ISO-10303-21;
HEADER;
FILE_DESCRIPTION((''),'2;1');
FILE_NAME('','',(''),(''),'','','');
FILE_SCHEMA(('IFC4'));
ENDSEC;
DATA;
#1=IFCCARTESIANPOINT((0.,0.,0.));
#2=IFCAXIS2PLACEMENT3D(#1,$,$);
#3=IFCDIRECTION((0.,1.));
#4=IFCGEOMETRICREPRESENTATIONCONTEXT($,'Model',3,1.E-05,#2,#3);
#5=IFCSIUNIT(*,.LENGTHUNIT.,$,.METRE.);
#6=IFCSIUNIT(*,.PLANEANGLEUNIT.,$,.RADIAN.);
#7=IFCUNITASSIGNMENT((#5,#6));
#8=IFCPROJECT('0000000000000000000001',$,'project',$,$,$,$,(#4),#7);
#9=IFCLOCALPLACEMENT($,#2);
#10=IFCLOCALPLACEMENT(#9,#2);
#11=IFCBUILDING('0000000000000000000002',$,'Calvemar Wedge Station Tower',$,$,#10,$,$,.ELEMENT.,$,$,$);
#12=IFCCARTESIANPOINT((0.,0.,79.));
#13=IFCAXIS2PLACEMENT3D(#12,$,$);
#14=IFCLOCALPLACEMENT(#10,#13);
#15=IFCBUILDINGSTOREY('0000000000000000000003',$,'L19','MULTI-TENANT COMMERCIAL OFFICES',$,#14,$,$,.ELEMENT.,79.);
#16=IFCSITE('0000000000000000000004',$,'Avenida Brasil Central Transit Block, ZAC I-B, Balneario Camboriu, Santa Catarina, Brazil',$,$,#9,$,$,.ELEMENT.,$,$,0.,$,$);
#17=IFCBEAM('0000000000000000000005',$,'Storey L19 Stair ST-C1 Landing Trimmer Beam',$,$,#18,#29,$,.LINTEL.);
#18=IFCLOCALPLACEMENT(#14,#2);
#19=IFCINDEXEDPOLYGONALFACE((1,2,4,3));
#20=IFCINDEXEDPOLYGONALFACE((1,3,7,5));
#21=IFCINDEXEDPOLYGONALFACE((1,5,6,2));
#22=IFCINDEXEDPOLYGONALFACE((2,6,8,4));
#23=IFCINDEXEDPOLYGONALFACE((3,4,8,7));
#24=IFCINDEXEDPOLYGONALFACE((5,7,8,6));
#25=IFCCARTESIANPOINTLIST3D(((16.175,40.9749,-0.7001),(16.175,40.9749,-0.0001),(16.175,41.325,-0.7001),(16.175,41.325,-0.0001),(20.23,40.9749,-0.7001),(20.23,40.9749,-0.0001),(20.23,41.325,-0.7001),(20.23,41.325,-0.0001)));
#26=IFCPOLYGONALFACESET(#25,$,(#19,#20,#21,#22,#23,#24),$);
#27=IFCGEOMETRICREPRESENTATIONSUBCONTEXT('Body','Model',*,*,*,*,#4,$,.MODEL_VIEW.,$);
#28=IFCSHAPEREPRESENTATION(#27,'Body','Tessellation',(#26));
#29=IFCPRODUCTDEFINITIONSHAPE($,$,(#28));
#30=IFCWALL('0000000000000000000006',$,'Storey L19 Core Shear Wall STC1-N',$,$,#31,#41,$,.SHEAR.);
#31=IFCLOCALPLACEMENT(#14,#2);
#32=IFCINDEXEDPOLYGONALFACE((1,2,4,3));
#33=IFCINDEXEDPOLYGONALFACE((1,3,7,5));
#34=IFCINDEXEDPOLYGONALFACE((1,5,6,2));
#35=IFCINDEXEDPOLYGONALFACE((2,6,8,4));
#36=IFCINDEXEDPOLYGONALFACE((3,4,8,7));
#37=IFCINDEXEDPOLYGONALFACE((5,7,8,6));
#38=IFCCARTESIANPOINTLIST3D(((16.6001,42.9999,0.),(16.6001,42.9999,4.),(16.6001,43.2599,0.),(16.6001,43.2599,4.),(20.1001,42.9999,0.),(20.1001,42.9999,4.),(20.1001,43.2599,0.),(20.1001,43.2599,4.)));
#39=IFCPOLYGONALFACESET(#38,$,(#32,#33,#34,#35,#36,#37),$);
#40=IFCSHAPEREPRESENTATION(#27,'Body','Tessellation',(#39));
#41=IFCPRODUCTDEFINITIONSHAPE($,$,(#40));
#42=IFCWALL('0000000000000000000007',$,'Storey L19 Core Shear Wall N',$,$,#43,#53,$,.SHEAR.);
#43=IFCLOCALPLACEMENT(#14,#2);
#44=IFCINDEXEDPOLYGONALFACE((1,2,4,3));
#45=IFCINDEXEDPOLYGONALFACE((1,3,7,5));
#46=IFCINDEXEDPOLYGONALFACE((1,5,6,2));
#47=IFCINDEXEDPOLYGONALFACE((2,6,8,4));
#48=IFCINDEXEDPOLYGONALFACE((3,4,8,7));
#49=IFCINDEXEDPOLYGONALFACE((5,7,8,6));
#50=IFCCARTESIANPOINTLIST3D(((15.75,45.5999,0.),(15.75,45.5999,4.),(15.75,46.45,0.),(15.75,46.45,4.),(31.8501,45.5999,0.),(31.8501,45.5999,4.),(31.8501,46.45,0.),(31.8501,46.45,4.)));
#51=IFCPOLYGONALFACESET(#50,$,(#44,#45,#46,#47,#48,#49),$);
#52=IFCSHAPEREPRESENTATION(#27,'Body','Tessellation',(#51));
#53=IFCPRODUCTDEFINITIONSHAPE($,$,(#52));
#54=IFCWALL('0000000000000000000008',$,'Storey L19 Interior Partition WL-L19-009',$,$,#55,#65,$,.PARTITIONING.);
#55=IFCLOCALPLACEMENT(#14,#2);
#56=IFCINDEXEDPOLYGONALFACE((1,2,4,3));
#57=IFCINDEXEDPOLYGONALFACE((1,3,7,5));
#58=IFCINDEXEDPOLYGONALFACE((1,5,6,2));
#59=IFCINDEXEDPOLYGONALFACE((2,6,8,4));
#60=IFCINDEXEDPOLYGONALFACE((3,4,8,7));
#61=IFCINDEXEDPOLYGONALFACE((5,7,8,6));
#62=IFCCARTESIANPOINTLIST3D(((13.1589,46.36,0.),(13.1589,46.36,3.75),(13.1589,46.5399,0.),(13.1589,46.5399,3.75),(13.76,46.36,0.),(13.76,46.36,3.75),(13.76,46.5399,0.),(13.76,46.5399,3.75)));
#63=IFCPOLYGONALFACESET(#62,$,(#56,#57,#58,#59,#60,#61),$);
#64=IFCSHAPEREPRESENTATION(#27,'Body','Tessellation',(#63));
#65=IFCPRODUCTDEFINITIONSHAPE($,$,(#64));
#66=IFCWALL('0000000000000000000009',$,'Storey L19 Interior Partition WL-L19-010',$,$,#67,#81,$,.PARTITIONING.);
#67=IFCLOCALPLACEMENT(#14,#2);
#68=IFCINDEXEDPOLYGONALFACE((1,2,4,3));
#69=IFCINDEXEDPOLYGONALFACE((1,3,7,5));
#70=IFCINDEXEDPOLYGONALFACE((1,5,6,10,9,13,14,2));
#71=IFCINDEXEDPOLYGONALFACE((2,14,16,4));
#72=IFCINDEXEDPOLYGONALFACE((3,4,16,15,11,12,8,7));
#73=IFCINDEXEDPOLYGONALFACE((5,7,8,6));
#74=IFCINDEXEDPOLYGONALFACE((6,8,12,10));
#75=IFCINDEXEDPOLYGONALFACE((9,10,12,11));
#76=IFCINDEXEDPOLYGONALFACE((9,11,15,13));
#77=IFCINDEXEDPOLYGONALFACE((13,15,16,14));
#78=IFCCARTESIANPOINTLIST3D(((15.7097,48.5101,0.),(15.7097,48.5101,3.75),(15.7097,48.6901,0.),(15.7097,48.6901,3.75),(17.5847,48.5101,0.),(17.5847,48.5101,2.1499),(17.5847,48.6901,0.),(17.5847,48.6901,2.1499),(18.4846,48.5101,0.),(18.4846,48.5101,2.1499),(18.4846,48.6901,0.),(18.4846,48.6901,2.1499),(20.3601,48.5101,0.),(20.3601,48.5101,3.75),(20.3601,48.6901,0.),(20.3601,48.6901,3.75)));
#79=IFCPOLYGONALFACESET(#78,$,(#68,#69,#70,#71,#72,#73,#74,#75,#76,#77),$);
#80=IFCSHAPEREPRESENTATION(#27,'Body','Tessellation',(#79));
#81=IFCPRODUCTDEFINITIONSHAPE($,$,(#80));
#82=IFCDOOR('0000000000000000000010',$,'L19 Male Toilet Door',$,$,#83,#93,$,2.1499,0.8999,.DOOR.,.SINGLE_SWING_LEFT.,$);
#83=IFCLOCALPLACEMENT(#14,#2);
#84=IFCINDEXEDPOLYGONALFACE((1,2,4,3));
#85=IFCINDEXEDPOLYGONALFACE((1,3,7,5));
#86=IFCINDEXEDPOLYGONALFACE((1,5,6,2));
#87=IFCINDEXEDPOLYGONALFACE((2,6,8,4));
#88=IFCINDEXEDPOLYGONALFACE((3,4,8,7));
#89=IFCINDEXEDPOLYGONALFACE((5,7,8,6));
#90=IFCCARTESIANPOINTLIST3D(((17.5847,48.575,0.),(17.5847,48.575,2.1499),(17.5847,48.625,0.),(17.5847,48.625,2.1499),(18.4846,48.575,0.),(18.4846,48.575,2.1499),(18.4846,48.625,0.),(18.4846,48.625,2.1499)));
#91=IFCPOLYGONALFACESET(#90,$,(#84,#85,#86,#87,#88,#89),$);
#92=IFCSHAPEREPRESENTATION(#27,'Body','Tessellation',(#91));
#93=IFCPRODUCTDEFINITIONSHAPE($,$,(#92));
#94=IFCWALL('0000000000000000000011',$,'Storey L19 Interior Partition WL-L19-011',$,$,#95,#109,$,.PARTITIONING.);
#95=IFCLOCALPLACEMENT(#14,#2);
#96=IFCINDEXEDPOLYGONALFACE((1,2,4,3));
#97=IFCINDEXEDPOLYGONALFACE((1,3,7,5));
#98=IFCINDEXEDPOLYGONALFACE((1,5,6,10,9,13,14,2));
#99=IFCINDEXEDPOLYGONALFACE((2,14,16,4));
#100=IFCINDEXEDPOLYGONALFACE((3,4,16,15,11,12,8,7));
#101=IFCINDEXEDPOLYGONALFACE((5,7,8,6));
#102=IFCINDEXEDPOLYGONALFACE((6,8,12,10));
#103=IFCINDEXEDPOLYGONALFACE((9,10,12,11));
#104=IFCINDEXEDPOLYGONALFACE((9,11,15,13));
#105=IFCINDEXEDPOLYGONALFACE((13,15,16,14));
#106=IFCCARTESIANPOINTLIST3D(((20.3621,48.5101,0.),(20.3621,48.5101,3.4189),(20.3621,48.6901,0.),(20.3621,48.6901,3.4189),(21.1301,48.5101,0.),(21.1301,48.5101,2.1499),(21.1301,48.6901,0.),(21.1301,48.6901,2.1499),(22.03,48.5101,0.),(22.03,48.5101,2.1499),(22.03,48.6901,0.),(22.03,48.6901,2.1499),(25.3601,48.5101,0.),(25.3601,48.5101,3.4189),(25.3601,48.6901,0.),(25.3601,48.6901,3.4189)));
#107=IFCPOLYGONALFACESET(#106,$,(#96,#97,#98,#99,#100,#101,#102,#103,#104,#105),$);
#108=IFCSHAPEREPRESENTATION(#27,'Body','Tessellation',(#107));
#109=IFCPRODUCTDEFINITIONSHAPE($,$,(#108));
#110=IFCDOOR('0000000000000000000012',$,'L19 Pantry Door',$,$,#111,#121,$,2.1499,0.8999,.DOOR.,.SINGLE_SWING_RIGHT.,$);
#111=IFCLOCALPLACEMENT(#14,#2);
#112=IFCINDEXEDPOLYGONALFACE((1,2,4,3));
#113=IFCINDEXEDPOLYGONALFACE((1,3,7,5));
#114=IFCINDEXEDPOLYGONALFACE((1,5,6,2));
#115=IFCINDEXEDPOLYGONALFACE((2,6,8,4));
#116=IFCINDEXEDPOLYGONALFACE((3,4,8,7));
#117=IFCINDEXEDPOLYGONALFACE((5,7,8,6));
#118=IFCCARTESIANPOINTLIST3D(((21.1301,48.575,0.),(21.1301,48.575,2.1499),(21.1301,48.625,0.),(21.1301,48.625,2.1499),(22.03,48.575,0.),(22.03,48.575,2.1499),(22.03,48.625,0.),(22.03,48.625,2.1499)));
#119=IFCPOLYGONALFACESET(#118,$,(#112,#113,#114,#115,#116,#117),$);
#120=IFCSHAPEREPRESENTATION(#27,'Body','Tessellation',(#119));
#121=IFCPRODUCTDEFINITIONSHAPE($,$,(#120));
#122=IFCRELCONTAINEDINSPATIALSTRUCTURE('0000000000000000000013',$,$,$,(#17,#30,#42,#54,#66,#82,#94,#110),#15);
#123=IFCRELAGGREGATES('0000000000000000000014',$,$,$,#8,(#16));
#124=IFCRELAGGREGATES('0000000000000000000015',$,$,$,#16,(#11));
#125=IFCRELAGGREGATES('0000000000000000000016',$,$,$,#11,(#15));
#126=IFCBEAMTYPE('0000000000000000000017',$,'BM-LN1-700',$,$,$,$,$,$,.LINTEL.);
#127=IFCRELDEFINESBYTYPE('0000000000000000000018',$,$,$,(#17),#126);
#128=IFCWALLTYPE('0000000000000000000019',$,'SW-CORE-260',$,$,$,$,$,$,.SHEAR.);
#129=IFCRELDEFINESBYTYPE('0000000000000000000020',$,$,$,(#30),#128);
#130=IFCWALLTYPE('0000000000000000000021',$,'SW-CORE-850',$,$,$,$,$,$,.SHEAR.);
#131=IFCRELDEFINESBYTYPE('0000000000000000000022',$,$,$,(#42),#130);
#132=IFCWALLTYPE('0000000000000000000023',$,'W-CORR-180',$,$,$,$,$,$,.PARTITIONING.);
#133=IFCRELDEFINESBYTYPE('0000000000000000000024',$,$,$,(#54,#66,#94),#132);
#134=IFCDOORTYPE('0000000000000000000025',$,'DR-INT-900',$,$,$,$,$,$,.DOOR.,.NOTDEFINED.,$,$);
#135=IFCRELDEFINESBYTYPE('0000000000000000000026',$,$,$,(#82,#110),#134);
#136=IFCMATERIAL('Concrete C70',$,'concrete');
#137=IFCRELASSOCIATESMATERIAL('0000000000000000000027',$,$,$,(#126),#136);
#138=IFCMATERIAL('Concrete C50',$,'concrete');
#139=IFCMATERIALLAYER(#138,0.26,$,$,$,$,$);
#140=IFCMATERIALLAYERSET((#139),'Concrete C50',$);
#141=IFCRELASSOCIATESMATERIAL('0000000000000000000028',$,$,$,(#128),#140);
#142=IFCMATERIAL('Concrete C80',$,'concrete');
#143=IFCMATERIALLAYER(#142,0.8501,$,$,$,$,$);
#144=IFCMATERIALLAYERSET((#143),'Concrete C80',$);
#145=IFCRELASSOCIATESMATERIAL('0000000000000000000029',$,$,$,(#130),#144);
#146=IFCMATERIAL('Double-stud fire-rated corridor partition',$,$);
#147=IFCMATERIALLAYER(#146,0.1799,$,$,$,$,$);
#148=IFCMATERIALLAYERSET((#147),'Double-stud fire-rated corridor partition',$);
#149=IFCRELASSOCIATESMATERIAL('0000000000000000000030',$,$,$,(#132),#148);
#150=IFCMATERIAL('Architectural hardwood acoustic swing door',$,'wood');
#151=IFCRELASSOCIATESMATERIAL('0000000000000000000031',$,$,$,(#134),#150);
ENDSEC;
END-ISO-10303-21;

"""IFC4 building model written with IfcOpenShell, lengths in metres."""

from ifc_helpers import new_model, si_unit, direction, frame, frame_2d, origin, origin_2d, place, context, subcontext, project, spatial, rectangle, extrude, source, transform, mapped, material, layer, layer_set, material_profile, profile_set, type_object, element, fill, save


model = new_model("IFC4")

# Units and contexts
model_context = context("Model", 3, precision=1e-05, world=origin(), true_north=direction((0.0, 1.0)))
body_context = subcontext(model_context, "Body", "Model", "MODEL_VIEW")
ifc_project = project(units=[si_unit("LENGTHUNIT", "METRE"), si_unit("PLANEANGLEUNIT", "RADIAN")], contexts=[model_context])

# Site, building, storey
site_placement = place(None, origin())
site = spatial("IfcSite", under=ifc_project, at=site_placement, Name="Avenida Brasil Central Transit Block, ZAC I-B, Balneario Camboriu, Santa Catarina, Brazil", CompositionType="ELEMENT", RefElevation=0.0)
building_placement = place(site_placement, origin())
building = spatial("IfcBuilding", under=site, at=building_placement, Name="Calvemar Wedge Station Tower", CompositionType="ELEMENT")
storey_placement = place(building_placement, frame((0.0, 0.0, 79.0)))
storey = spatial("IfcBuildingStorey", under=building, at=storey_placement, Name="L19", Description="MULTI-TENANT COMMERCIAL OFFICES", CompositionType="ELEMENT", Elevation=79.0)

# Beam
ifc_material_1 = material(Name="Concrete C70", Category="concrete")
ifc_material_profile = material_profile(ifc_material_1, rectangle(XDim=0.3501, YDim=0.7, at=origin_2d()), Name="RC350x700")
ifc_profile_set = profile_set([ifc_material_profile], Name="Concrete C70")
beam_type = type_object("IfcBeamType", Name="BM-LN1-700", PredefinedType="LINTEL", material=ifc_profile_set)
shared_shape_1 = source(origin(), body_context, "Body", "SweptSolid", [
    extrude(rectangle(XDim=0.3501, YDim=0.7, at=origin_2d()), origin(), (0.0, 0.0, 1.0), 4.0549),
])
beam_placement = place(storey_placement, frame((16.175, 41.1499, -0.3501), z_axis=(1.0, 0.0, 0.0), x_axis=(0.0, 1.0, 0.0)))
element("IfcBeam", 1, at=beam_placement, inside=storey, type_object=beam_type, Name="Storey L19 Stair ST-C1 Landing Trimmer Beam", PredefinedType="LINTEL", context=body_context, shape_type="MappedRepresentation", body=[
    mapped(shared_shape_1, transform((0.0, 0.0, 0.0), scale=1.0)),
])

# Walls
ifc_material_2 = material(Name="Concrete C50", Category="concrete")
ifc_layer_1 = layer(ifc_material_2, 0.26)
ifc_layer_set_1 = layer_set([ifc_layer_1], Name="Concrete C50")
wall_type_1 = type_object("IfcWallType", Name="SW-CORE-260", PredefinedType="SHEAR", material=ifc_layer_set_1)
wall_1_placement = place(storey_placement, frame((16.6001, 43.1299, 0.0), z_axis=(0.0, 0.0, 1.0), x_axis=(1.0, 0.0, 0.0)))
element("IfcWall", 2, at=wall_1_placement, inside=storey, type_object=wall_type_1, Name="Storey L19 Core Shear Wall STC1-N", PredefinedType="SHEAR", context=body_context, shape_type="SweptSolid", body=[
    extrude(rectangle(XDim=3.5, YDim=0.26, at=frame_2d((1.75, 0.0))), origin(), (0.0, 0.0, 1.0), 4.0),
])
ifc_material_3 = material(Name="Concrete C80", Category="concrete")
ifc_layer_2 = layer(ifc_material_3, 0.8501)
ifc_layer_set_2 = layer_set([ifc_layer_2], Name="Concrete C80")
wall_type_2 = type_object("IfcWallType", Name="SW-CORE-850", PredefinedType="SHEAR", material=ifc_layer_set_2)
wall_2_placement = place(storey_placement, frame((15.75, 46.0249, 0.0), z_axis=(0.0, 0.0, 1.0), x_axis=(1.0, 0.0, 0.0)))
element("IfcWall", 3, at=wall_2_placement, inside=storey, type_object=wall_type_2, Name="Storey L19 Core Shear Wall N", PredefinedType="SHEAR", context=body_context, shape_type="SweptSolid", body=[
    extrude(rectangle(XDim=16.1001, YDim=0.8501, at=frame_2d((8.05, 0.0))), origin(), (0.0, 0.0, 1.0), 4.0),
])
ifc_material_4 = material(Name="Double-stud fire-rated corridor partition")
ifc_layer_3 = layer(ifc_material_4, 0.1799)
ifc_layer_set_3 = layer_set([ifc_layer_3], Name="Double-stud fire-rated corridor partition")
wall_type_3 = type_object("IfcWallType", Name="W-CORR-180", PredefinedType="PARTITIONING", material=ifc_layer_set_3)
wall_3_placement = place(storey_placement, frame((13.76, 46.45, 0.0), z_axis=(0.0, 0.0, 1.0), x_axis=(-1.0, 0.0, 0.0)))
element("IfcWall", 4, at=wall_3_placement, inside=storey, type_object=wall_type_3, Name="Storey L19 Interior Partition WL-L19-009", PredefinedType="PARTITIONING", context=body_context, shape_type="SweptSolid", body=[
    extrude(rectangle(XDim=0.6011, YDim=0.1799, at=frame_2d((0.3005, 0.0))), origin(), (0.0, 0.0, 1.0), 3.75),
])

# Walls, openings, doors
wall_4_placement = place(storey_placement, frame((15.7097, 48.6001, 0.0), z_axis=(0.0, 0.0, 1.0), x_axis=(1.0, 0.0, 0.0)))
wall_4 = element("IfcWall", 5, at=wall_4_placement, inside=storey, type_object=wall_type_3, Name="Storey L19 Interior Partition WL-L19-010", PredefinedType="PARTITIONING", context=body_context, shape_type="SweptSolid", body=[
    extrude(rectangle(XDim=4.6504, YDim=0.1799, at=frame_2d((2.3252, 0.0))), origin(), (0.0, 0.0, 1.0), 3.75),
])
shared_shape_2 = source(origin(), body_context, "Body", "SweptSolid", [
    extrude(rectangle(XDim=0.8999, YDim=2.1499, at=frame_2d((0.45, 1.075))), frame((0.0, 0.1001, 0.0), z_axis=(0.0, -1.0, 0.0), x_axis=(1.0, 0.0, 0.0)), (0.0, 0.0, 1.0), 0.2),
])
opening_1_placement = place(wall_4_placement, frame((1.875, 0.0, 0.0)))
opening_1 = element("IfcOpeningElement", 6, at=opening_1_placement, cuts=wall_4, PredefinedType="OPENING", context=body_context, shape_type="MappedRepresentation", body=[
    mapped(shared_shape_2, transform((0.0, 0.0, 0.0), scale=1.0)),
])
ifc_material_5 = material(Name="Architectural hardwood acoustic swing door", Category="wood")
door_type = type_object("IfcDoorType", Name="DR-INT-900", OperationType="NOTDEFINED", PredefinedType="DOOR", material=ifc_material_5)
shared_shape_3 = source(origin(), body_context, "Body", "SweptSolid", [
    extrude(rectangle(XDim=0.8999, YDim=2.1499, at=frame_2d((0.45, 1.075))), frame((0.0, 0.0249, 0.0), z_axis=(0.0, -1.0, 0.0), x_axis=(1.0, 0.0, 0.0)), (0.0, 0.0, 1.0), 0.05),
])
door_1_placement = place(opening_1_placement, origin())
door_1 = element("IfcDoor", 7, at=door_1_placement, inside=storey, type_object=door_type, Name="L19 Male Toilet Door", OperationType="SINGLE_SWING_LEFT", OverallHeight=2.1499, OverallWidth=0.8999, PredefinedType="DOOR", context=body_context, shape_type="MappedRepresentation", body=[
    mapped(shared_shape_3, transform((0.0, 0.0, 0.0), scale=1.0)),
])
fill(opening_1, door_1)
wall_5_placement = place(storey_placement, frame((20.3621, 48.6001, 0.0), z_axis=(0.0, 0.0, 1.0), x_axis=(1.0, 0.0, 0.0)))
wall_5 = element("IfcWall", 8, at=wall_5_placement, inside=storey, type_object=wall_type_3, Name="Storey L19 Interior Partition WL-L19-011", PredefinedType="PARTITIONING", context=body_context, shape_type="SweptSolid", body=[
    extrude(rectangle(XDim=4.998, YDim=0.1799, at=frame_2d((2.499, 0.0))), origin(), (0.0, 0.0, 1.0), 3.4189),
])
opening_2_placement = place(wall_5_placement, frame((0.7681, 0.0, 0.0)))
opening_2 = element("IfcOpeningElement", 9, at=opening_2_placement, cuts=wall_5, PredefinedType="OPENING", context=body_context, shape_type="MappedRepresentation", body=[
    mapped(shared_shape_2, transform((0.0, 0.0, 0.0), scale=1.0)),
])
door_2_placement = place(opening_2_placement, origin())
door_2 = element("IfcDoor", 10, at=door_2_placement, inside=storey, type_object=door_type, Name="L19 Pantry Door", OperationType="SINGLE_SWING_RIGHT", OverallHeight=2.1499, OverallWidth=0.8999, PredefinedType="DOOR", context=body_context, shape_type="MappedRepresentation", body=[
    mapped(shared_shape_3, transform((0.0, 0.0, 0.0), scale=1.0)),
])
fill(opening_2, door_2)

save(model, "model.ifc")
